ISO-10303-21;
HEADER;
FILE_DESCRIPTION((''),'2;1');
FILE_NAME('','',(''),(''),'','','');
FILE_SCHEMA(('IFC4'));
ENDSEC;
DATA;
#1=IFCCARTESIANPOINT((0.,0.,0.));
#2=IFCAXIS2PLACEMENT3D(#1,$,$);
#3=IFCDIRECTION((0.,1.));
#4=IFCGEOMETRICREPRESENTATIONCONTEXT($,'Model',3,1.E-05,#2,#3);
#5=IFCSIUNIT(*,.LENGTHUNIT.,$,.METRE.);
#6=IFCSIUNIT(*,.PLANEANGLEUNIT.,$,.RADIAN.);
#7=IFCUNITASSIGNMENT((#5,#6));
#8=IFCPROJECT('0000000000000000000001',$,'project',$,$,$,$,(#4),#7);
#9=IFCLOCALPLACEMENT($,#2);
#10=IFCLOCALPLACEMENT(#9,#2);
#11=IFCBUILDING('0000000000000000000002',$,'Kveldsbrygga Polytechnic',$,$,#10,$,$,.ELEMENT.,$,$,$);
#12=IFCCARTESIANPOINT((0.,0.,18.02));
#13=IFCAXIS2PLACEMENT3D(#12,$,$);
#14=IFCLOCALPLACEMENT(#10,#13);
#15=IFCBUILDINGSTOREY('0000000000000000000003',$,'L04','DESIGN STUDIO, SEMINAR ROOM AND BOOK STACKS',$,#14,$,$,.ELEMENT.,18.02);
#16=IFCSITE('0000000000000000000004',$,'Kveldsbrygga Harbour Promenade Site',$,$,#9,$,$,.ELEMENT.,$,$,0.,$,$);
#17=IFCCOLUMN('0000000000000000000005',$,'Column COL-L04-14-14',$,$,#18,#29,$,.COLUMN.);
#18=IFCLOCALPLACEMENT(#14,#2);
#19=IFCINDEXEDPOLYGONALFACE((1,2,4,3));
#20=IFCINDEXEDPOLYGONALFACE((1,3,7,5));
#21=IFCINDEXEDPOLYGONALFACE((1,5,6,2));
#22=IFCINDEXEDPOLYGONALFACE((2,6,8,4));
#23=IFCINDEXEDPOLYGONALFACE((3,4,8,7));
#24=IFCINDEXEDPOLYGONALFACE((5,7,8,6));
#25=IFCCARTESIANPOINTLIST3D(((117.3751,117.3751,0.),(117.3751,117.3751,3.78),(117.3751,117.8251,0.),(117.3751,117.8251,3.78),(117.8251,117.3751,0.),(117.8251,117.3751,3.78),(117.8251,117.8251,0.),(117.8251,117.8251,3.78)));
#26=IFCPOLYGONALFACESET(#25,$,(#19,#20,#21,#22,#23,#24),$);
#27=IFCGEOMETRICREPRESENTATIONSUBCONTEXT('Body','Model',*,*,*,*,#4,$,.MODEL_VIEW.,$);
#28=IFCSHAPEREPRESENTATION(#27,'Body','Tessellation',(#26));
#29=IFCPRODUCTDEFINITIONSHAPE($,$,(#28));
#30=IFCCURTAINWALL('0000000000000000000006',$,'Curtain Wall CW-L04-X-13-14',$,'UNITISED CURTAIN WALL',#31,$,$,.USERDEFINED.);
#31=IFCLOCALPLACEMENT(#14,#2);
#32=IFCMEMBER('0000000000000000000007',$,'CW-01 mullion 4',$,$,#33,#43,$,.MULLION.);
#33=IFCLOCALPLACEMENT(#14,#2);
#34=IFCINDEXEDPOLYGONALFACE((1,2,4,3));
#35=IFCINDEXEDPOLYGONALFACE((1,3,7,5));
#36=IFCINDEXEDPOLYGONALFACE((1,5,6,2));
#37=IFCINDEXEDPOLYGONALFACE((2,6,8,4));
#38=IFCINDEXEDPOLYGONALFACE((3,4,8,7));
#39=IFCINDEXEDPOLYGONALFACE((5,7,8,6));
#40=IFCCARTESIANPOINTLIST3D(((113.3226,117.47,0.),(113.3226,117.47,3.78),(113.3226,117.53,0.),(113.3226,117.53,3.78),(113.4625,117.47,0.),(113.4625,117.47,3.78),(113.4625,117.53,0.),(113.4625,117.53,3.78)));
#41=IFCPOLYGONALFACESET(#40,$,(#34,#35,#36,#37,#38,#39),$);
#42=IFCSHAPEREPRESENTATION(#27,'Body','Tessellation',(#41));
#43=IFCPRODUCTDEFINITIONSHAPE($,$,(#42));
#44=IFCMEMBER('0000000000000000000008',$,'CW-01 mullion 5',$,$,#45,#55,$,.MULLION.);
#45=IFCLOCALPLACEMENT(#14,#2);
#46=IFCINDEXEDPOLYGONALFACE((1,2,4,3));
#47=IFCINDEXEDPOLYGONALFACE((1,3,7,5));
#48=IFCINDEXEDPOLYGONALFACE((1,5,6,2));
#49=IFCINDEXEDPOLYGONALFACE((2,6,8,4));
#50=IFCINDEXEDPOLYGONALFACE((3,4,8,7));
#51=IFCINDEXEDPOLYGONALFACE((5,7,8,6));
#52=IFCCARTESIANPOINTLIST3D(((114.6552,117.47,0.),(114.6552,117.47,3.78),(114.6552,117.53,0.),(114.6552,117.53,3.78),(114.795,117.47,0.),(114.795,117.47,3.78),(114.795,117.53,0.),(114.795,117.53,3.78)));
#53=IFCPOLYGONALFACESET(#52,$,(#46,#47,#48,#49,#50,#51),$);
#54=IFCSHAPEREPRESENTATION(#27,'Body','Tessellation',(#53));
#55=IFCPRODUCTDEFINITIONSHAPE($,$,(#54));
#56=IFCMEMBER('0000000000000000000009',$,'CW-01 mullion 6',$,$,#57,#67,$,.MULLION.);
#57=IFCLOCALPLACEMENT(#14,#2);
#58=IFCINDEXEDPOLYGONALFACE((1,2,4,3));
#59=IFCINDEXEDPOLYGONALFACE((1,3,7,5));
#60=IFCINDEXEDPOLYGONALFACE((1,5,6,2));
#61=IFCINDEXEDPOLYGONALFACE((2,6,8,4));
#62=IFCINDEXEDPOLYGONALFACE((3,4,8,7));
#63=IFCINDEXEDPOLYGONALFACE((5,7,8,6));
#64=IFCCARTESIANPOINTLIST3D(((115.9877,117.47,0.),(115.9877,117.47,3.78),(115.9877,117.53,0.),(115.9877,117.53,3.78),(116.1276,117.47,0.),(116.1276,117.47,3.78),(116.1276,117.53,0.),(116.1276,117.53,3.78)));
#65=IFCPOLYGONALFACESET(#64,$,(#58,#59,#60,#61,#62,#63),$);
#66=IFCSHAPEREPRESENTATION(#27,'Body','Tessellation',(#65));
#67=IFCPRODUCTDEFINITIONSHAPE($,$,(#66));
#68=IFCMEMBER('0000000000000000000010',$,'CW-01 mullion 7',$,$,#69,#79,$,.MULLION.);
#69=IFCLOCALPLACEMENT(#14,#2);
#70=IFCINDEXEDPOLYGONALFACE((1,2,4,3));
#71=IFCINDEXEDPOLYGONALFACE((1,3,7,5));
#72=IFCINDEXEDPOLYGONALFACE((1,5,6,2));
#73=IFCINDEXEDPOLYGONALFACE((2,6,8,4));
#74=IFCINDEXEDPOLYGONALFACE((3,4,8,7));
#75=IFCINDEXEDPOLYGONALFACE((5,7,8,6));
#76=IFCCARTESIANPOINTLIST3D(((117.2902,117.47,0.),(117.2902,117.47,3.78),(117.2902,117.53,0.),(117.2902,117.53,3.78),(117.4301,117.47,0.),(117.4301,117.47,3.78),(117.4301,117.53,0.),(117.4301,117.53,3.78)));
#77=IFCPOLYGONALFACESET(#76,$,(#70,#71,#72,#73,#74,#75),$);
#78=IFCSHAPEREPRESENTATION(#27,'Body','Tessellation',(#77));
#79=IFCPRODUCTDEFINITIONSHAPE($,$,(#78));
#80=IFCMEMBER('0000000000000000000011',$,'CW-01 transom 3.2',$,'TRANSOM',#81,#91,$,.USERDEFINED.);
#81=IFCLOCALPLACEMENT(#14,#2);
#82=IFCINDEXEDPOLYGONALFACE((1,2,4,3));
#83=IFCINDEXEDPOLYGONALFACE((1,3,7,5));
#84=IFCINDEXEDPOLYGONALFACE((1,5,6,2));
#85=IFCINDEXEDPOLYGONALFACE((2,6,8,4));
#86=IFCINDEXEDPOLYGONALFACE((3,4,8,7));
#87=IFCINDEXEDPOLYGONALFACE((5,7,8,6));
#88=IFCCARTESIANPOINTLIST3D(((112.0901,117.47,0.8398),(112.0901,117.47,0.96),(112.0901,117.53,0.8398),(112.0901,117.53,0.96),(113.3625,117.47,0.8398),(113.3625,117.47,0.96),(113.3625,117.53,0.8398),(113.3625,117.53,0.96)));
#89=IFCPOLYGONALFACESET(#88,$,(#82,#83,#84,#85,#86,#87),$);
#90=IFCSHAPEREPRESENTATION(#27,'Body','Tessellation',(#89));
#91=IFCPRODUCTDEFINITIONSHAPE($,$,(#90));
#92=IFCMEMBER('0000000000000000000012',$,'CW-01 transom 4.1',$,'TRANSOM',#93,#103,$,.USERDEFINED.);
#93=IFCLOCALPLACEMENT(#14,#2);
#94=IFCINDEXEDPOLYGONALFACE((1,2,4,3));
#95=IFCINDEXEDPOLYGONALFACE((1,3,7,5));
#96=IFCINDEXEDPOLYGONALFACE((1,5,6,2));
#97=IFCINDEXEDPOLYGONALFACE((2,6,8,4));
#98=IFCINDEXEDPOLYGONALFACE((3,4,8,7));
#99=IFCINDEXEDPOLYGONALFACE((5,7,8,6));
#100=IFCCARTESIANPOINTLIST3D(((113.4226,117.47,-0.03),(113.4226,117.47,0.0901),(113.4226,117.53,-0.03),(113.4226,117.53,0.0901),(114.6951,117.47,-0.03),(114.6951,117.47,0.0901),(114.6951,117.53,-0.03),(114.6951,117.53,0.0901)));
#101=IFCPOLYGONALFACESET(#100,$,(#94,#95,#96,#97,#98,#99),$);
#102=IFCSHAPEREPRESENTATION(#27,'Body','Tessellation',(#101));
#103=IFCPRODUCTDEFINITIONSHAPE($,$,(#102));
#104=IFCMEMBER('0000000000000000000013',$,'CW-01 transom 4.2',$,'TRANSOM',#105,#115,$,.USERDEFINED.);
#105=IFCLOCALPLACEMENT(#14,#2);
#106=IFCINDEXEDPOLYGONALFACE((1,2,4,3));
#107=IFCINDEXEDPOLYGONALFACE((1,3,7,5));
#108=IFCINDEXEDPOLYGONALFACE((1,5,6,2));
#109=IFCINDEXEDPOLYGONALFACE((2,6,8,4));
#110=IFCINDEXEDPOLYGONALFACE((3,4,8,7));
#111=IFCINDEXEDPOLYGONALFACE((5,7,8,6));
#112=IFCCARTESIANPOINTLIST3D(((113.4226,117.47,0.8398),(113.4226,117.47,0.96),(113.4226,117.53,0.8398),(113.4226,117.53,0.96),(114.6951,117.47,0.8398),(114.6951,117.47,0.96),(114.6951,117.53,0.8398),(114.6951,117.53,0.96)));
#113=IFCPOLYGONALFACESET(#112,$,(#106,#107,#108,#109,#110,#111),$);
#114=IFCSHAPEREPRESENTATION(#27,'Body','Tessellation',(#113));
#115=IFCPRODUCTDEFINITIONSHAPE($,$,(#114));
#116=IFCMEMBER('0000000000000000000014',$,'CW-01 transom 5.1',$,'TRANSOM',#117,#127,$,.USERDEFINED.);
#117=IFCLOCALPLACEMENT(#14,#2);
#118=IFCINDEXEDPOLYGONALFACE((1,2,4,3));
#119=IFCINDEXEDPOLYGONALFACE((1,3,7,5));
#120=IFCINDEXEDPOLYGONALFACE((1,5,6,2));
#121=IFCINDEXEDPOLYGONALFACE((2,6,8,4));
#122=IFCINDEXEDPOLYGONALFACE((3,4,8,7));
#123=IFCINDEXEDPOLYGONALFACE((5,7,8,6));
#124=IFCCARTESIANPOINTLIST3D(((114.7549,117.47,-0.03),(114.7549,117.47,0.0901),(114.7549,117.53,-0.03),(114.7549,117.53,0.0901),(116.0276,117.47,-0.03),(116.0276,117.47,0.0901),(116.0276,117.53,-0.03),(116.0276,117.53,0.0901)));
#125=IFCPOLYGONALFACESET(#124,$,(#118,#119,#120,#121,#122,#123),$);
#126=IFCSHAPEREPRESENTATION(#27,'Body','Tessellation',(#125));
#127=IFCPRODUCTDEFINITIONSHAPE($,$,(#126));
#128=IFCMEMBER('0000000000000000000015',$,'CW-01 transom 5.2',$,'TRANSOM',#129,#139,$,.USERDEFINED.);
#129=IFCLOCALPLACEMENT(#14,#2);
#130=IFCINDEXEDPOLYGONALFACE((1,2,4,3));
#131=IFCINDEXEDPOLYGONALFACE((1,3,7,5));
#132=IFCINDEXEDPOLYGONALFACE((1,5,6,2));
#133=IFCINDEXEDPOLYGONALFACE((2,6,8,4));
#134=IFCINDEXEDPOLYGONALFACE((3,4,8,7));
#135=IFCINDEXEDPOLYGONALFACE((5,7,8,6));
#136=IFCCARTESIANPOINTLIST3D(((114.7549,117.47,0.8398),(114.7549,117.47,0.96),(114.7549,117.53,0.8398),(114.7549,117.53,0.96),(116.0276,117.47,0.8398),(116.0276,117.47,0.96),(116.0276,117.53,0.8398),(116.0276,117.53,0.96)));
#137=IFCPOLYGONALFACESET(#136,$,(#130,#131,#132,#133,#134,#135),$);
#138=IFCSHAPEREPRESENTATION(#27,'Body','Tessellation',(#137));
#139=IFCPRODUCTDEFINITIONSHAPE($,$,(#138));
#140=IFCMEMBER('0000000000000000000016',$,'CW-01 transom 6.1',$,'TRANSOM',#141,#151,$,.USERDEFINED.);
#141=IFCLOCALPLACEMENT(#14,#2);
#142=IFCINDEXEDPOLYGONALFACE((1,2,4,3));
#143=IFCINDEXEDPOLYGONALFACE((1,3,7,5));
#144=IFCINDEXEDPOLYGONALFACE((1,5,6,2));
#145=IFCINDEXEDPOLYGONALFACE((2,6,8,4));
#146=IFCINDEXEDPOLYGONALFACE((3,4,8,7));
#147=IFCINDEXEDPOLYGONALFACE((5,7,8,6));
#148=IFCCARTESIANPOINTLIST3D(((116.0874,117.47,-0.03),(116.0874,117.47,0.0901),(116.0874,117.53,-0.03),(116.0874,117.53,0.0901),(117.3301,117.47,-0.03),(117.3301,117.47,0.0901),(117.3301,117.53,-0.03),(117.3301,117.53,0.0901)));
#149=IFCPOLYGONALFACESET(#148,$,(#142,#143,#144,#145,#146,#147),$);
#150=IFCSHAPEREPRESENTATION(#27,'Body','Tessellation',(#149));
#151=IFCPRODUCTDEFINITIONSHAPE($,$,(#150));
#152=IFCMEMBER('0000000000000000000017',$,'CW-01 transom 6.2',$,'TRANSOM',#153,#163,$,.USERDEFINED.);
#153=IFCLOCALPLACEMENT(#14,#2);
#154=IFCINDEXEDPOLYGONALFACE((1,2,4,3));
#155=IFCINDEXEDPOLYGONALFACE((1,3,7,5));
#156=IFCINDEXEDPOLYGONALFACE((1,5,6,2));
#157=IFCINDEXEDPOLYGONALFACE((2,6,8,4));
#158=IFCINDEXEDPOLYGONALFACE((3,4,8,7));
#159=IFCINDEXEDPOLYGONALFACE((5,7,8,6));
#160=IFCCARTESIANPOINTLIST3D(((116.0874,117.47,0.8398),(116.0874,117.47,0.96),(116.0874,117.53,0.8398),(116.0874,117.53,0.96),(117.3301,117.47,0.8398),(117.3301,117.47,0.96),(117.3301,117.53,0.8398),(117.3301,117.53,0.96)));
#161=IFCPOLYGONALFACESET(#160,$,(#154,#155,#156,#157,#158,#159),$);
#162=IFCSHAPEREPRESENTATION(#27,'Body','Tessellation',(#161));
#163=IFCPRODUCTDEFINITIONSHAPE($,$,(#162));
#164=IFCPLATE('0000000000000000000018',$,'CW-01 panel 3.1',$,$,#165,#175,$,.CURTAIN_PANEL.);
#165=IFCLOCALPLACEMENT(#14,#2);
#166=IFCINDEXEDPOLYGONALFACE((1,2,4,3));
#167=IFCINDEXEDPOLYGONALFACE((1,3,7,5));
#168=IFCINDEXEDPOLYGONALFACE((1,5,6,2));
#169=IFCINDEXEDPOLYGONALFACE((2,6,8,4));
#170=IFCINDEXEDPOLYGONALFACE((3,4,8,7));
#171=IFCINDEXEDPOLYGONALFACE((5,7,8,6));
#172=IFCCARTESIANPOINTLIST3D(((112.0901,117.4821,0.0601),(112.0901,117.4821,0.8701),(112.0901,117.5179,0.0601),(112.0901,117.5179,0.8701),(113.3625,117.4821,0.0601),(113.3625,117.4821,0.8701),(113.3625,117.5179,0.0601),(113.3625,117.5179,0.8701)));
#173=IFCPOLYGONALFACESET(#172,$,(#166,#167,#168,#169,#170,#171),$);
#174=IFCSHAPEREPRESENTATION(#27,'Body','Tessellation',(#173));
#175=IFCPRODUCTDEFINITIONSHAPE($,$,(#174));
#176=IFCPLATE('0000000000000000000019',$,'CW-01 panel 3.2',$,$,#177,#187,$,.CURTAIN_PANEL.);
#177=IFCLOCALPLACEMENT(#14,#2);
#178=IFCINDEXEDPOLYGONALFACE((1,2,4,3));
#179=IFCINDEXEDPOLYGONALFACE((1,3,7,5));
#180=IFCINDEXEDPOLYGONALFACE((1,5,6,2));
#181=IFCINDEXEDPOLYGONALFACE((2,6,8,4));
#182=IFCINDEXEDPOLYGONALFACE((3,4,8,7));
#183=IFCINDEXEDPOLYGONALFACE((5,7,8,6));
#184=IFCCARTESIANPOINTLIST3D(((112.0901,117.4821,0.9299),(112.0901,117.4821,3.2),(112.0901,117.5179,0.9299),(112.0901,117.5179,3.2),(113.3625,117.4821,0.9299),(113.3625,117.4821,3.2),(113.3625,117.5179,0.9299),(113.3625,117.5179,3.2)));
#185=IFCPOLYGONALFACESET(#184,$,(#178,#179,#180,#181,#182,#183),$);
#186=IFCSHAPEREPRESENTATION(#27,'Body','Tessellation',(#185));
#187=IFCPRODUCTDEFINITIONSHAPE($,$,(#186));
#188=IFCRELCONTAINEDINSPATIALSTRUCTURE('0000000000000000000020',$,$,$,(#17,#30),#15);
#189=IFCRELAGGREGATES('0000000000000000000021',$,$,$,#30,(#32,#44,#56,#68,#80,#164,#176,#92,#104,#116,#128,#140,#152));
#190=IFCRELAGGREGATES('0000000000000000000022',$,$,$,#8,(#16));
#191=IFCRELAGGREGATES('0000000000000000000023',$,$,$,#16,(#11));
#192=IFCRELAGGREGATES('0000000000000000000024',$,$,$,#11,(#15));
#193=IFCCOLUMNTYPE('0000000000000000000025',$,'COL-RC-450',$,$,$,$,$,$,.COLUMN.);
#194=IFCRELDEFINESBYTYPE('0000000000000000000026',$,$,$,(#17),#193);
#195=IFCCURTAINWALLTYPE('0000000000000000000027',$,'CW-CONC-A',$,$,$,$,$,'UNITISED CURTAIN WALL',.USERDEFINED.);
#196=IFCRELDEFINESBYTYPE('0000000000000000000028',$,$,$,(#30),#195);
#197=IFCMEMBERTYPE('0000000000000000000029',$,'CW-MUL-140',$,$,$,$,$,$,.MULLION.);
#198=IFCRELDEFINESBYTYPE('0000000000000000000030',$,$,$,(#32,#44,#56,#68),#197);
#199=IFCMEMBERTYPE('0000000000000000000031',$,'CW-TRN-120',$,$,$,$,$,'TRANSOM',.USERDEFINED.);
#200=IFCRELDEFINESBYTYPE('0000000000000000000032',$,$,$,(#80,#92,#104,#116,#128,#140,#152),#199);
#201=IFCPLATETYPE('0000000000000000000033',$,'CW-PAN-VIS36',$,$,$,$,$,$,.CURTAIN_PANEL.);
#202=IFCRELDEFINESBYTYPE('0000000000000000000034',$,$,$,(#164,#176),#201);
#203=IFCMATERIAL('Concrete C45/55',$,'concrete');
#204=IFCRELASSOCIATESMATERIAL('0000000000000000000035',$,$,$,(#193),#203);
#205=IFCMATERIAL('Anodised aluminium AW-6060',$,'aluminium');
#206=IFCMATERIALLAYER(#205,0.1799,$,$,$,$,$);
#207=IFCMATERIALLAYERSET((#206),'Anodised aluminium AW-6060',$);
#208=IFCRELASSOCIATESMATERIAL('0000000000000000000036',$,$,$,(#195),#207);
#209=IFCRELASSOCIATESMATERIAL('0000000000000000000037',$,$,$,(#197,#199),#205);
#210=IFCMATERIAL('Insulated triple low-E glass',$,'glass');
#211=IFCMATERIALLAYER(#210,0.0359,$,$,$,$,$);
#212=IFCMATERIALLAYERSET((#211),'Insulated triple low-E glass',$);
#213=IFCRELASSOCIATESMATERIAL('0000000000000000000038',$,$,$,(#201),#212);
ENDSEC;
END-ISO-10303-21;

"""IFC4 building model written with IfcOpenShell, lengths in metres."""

from ifc_helpers import new_model, si_unit, direction, frame, origin, origin_2d, place, context, subcontext, project, spatial, rectangle, extrude, material, layer, layer_set, material_profile, profile_set, type_object, element, aggregate, save


model = new_model("IFC4")

# Units and contexts
model_context = context("Model", 3, precision=1e-05, world=origin(), true_north=direction((0.0, 1.0)))
body_context = subcontext(model_context, "Body", "Model", "MODEL_VIEW")
ifc_project = project(units=[si_unit("LENGTHUNIT", "METRE"), si_unit("PLANEANGLEUNIT", "RADIAN")], contexts=[model_context])

# Site, building, storey
site_placement = place(None, origin())
site = spatial("IfcSite", under=ifc_project, at=site_placement, Name="Kveldsbrygga Harbour Promenade Site", CompositionType="ELEMENT", RefElevation=0.0)
building_placement = place(site_placement, origin())
building = spatial("IfcBuilding", under=site, at=building_placement, Name="Kveldsbrygga Polytechnic", CompositionType="ELEMENT")
storey_placement = place(building_placement, frame((0.0, 0.0, 18.02)))
storey = spatial("IfcBuildingStorey", under=building, at=storey_placement, Name="L04", Description="DESIGN STUDIO, SEMINAR ROOM AND BOOK STACKS", CompositionType="ELEMENT", Elevation=18.02)

# Column
ifc_material_1 = material(Name="Concrete C45/55", Category="concrete")
ifc_material_profile_1 = material_profile(ifc_material_1, rectangle(XDim=0.45, YDim=0.45, at=origin_2d()), Name="RC 450x450")
ifc_profile_set_1 = profile_set([ifc_material_profile_1], Name="Concrete C45/55")
column_type = type_object("IfcColumnType", Name="COL-RC-450", PredefinedType="COLUMN", material=ifc_profile_set_1)
column_placement = place(storey_placement, frame((117.6001, 117.6001, 0.0), z_axis=(0.0, 0.0, 1.0), x_axis=(1.0, 0.0, 0.0)))
element("IfcColumn", 1, at=column_placement, inside=storey, type_object=column_type, Name="Column COL-L04-14-14", PredefinedType="COLUMN", context=body_context, shape_type="SweptSolid", body=[
    extrude(rectangle(XDim=0.45, YDim=0.45, at=origin_2d()), origin(), (0.0, 0.0, 1.0), 3.78),
])

# Curtain wall, members, plates
ifc_material_2 = material(Name="Anodised aluminium AW-6060", Category="aluminium")
ifc_layer_1 = layer(ifc_material_2, 0.1799)
ifc_layer_set_1 = layer_set([ifc_layer_1], Name="Anodised aluminium AW-6060")
curtain_wall_type = type_object("IfcCurtainWallType", Name="CW-CONC-A", ElementType="UNITISED CURTAIN WALL", PredefinedType="USERDEFINED", material=ifc_layer_set_1)
curtain_wall_placement = place(storey_placement, origin())
curtain_wall = element("IfcCurtainWall", 2, at=curtain_wall_placement, inside=storey, type_object=curtain_wall_type, Name="Curtain Wall CW-L04-X-13-14", ObjectType="UNITISED CURTAIN WALL", PredefinedType="USERDEFINED")
ifc_material_profile_2 = material_profile(ifc_material_2, rectangle(XDim=0.0601, YDim=0.1399, at=origin_2d()), Name="ALU 60x140")
ifc_profile_set_2 = profile_set([ifc_material_profile_2], Name="Anodised aluminium AW-6060")
member_type_1 = type_object("IfcMemberType", Name="CW-MUL-140", PredefinedType="MULLION", material=ifc_profile_set_2)
member_1_placement = place(storey_placement, frame((113.3926, 117.5, 0.0), z_axis=(0.0, 0.0, 1.0), x_axis=(0.0, 1.0, 0.0)))
member_1 = element("IfcMember", 3, at=member_1_placement, type_object=member_type_1, Name="CW-01 mullion 4", PredefinedType="MULLION", context=body_context, shape_type="SweptSolid", body=[
    extrude(rectangle(XDim=0.0601, YDim=0.1399, at=origin_2d()), origin(), (0.0, 0.0, 1.0), 3.78),
])
member_2_placement = place(storey_placement, frame((114.7251, 117.5, 0.0), z_axis=(0.0, 0.0, 1.0), x_axis=(0.0, 1.0, 0.0)))
member_2 = element("IfcMember", 4, at=member_2_placement, type_object=member_type_1, Name="CW-01 mullion 5", PredefinedType="MULLION", context=body_context, shape_type="SweptSolid", body=[
    extrude(rectangle(XDim=0.0601, YDim=0.1399, at=origin_2d()), origin(), (0.0, 0.0, 1.0), 3.78),
])
member_3_placement = place(storey_placement, frame((116.0576, 117.5, 0.0), z_axis=(0.0, 0.0, 1.0), x_axis=(0.0, 1.0, 0.0)))
member_3 = element("IfcMember", 5, at=member_3_placement, type_object=member_type_1, Name="CW-01 mullion 6", PredefinedType="MULLION", context=body_context, shape_type="SweptSolid", body=[
    extrude(rectangle(XDim=0.0601, YDim=0.1399, at=origin_2d()), origin(), (0.0, 0.0, 1.0), 3.78),
])
member_4_placement = place(storey_placement, frame((117.3601, 117.5, 0.0), z_axis=(0.0, 0.0, 1.0), x_axis=(0.0, 1.0, 0.0)))
member_4 = element("IfcMember", 6, at=member_4_placement, type_object=member_type_1, Name="CW-01 mullion 7", PredefinedType="MULLION", context=body_context, shape_type="SweptSolid", body=[
    extrude(rectangle(XDim=0.0601, YDim=0.1399, at=origin_2d()), origin(), (0.0, 0.0, 1.0), 3.78),
])
ifc_material_profile_3 = material_profile(ifc_material_2, rectangle(XDim=0.0601, YDim=0.1201, at=origin_2d()), Name="ALU 60x120")
ifc_profile_set_3 = profile_set([ifc_material_profile_3], Name="Anodised aluminium AW-6060")
member_type_2 = type_object("IfcMemberType", Name="CW-TRN-120", ElementType="TRANSOM", PredefinedType="USERDEFINED", material=ifc_profile_set_3)
member_5_placement = place(storey_placement, frame((112.0901, 117.5, 0.8999), z_axis=(1.0, 0.0, 0.0), x_axis=(0.0, 1.0, 0.0)))
member_5 = element("IfcMember", 7, at=member_5_placement, type_object=member_type_2, Name="CW-01 transom 3.2", ObjectType="TRANSOM", PredefinedType="USERDEFINED", context=body_context, shape_type="SweptSolid", body=[
    extrude(rectangle(XDim=0.0601, YDim=0.1201, at=origin_2d()), origin(), (0.0, 0.0, 1.0), 1.2725),
])
member_6_placement = place(storey_placement, frame((113.4226, 117.5, 0.03), z_axis=(1.0, 0.0, 0.0), x_axis=(0.0, 1.0, 0.0)))
member_6 = element("IfcMember", 8, at=member_6_placement, type_object=member_type_2, Name="CW-01 transom 4.1", ObjectType="TRANSOM", PredefinedType="USERDEFINED", context=body_context, shape_type="SweptSolid", body=[
    extrude(rectangle(XDim=0.0601, YDim=0.1201, at=origin_2d()), origin(), (0.0, 0.0, 1.0), 1.2725),
])
member_7_placement = place(storey_placement, frame((113.4226, 117.5, 0.8999), z_axis=(1.0, 0.0, 0.0), x_axis=(0.0, 1.0, 0.0)))
member_7 = element("IfcMember", 9, at=member_7_placement, type_object=member_type_2, Name="CW-01 transom 4.2", ObjectType="TRANSOM", PredefinedType="USERDEFINED", context=body_context, shape_type="SweptSolid", body=[
    extrude(rectangle(XDim=0.0601, YDim=0.1201, at=origin_2d()), origin(), (0.0, 0.0, 1.0), 1.2725),
])
member_8_placement = place(storey_placement, frame((114.7549, 117.5, 0.03), z_axis=(1.0, 0.0, 0.0), x_axis=(0.0, 1.0, 0.0)))
member_8 = element("IfcMember", 10, at=member_8_placement, type_object=member_type_2, Name="CW-01 transom 5.1", ObjectType="TRANSOM", PredefinedType="USERDEFINED", context=body_context, shape_type="SweptSolid", body=[
    extrude(rectangle(XDim=0.0601, YDim=0.1201, at=origin_2d()), origin(), (0.0, 0.0, 1.0), 1.2727),
])
member_9_placement = place(storey_placement, frame((114.7549, 117.5, 0.8999), z_axis=(1.0, 0.0, 0.0), x_axis=(0.0, 1.0, 0.0)))
member_9 = element("IfcMember", 11, at=member_9_placement, type_object=member_type_2, Name="CW-01 transom 5.2", ObjectType="TRANSOM", PredefinedType="USERDEFINED", context=body_context, shape_type="SweptSolid", body=[
    extrude(rectangle(XDim=0.0601, YDim=0.1201, at=origin_2d()), origin(), (0.0, 0.0, 1.0), 1.2727),
])
member_10_placement = place(storey_placement, frame((116.0874, 117.5, 0.03), z_axis=(1.0, 0.0, 0.0), x_axis=(0.0, 1.0, 0.0)))
member_10 = element("IfcMember", 12, at=member_10_placement, type_object=member_type_2, Name="CW-01 transom 6.1", ObjectType="TRANSOM", PredefinedType="USERDEFINED", context=body_context, shape_type="SweptSolid", body=[
    extrude(rectangle(XDim=0.0601, YDim=0.1201, at=origin_2d()), origin(), (0.0, 0.0, 1.0), 1.2427),
])
member_11_placement = place(storey_placement, frame((116.0874, 117.5, 0.8999), z_axis=(1.0, 0.0, 0.0), x_axis=(0.0, 1.0, 0.0)))
member_11 = element("IfcMember", 13, at=member_11_placement, type_object=member_type_2, Name="CW-01 transom 6.2", ObjectType="TRANSOM", PredefinedType="USERDEFINED", context=body_context, shape_type="SweptSolid", body=[
    extrude(rectangle(XDim=0.0601, YDim=0.1201, at=origin_2d()), origin(), (0.0, 0.0, 1.0), 1.2427),
])
ifc_material_3 = material(Name="Insulated triple low-E glass", Category="glass")
ifc_layer_2 = layer(ifc_material_3, 0.0359)
ifc_layer_set_2 = layer_set([ifc_layer_2], Name="Insulated triple low-E glass")
plate_type = type_object("IfcPlateType", Name="CW-PAN-VIS36", PredefinedType="CURTAIN_PANEL", material=ifc_layer_set_2)
plate_1_placement = place(storey_placement, frame((112.7263, 117.5, 0.0601), z_axis=(0.0, 0.0, 1.0), x_axis=(1.0, 0.0, 0.0)))
plate_1 = element("IfcPlate", 14, at=plate_1_placement, type_object=plate_type, Name="CW-01 panel 3.1", PredefinedType="CURTAIN_PANEL", context=body_context, shape_type="SweptSolid", body=[
    extrude(rectangle(XDim=1.2725, YDim=0.0359, at=origin_2d()), origin(), (0.0, 0.0, 1.0), 0.8101),
])
plate_2_placement = place(storey_placement, frame((112.7263, 117.5, 0.9299), z_axis=(0.0, 0.0, 1.0), x_axis=(1.0, 0.0, 0.0)))
plate_2 = element("IfcPlate", 15, at=plate_2_placement, type_object=plate_type, Name="CW-01 panel 3.2", PredefinedType="CURTAIN_PANEL", context=body_context, shape_type="SweptSolid", body=[
    extrude(rectangle(XDim=1.2725, YDim=0.0359, at=origin_2d()), origin(), (0.0, 0.0, 1.0), 2.27),
])
aggregate(curtain_wall, [member_1, member_2, member_3, member_4, member_5, plate_1, plate_2, member_6, member_7, member_8, member_9, member_10, member_11])

save(model, "model.ifc")
